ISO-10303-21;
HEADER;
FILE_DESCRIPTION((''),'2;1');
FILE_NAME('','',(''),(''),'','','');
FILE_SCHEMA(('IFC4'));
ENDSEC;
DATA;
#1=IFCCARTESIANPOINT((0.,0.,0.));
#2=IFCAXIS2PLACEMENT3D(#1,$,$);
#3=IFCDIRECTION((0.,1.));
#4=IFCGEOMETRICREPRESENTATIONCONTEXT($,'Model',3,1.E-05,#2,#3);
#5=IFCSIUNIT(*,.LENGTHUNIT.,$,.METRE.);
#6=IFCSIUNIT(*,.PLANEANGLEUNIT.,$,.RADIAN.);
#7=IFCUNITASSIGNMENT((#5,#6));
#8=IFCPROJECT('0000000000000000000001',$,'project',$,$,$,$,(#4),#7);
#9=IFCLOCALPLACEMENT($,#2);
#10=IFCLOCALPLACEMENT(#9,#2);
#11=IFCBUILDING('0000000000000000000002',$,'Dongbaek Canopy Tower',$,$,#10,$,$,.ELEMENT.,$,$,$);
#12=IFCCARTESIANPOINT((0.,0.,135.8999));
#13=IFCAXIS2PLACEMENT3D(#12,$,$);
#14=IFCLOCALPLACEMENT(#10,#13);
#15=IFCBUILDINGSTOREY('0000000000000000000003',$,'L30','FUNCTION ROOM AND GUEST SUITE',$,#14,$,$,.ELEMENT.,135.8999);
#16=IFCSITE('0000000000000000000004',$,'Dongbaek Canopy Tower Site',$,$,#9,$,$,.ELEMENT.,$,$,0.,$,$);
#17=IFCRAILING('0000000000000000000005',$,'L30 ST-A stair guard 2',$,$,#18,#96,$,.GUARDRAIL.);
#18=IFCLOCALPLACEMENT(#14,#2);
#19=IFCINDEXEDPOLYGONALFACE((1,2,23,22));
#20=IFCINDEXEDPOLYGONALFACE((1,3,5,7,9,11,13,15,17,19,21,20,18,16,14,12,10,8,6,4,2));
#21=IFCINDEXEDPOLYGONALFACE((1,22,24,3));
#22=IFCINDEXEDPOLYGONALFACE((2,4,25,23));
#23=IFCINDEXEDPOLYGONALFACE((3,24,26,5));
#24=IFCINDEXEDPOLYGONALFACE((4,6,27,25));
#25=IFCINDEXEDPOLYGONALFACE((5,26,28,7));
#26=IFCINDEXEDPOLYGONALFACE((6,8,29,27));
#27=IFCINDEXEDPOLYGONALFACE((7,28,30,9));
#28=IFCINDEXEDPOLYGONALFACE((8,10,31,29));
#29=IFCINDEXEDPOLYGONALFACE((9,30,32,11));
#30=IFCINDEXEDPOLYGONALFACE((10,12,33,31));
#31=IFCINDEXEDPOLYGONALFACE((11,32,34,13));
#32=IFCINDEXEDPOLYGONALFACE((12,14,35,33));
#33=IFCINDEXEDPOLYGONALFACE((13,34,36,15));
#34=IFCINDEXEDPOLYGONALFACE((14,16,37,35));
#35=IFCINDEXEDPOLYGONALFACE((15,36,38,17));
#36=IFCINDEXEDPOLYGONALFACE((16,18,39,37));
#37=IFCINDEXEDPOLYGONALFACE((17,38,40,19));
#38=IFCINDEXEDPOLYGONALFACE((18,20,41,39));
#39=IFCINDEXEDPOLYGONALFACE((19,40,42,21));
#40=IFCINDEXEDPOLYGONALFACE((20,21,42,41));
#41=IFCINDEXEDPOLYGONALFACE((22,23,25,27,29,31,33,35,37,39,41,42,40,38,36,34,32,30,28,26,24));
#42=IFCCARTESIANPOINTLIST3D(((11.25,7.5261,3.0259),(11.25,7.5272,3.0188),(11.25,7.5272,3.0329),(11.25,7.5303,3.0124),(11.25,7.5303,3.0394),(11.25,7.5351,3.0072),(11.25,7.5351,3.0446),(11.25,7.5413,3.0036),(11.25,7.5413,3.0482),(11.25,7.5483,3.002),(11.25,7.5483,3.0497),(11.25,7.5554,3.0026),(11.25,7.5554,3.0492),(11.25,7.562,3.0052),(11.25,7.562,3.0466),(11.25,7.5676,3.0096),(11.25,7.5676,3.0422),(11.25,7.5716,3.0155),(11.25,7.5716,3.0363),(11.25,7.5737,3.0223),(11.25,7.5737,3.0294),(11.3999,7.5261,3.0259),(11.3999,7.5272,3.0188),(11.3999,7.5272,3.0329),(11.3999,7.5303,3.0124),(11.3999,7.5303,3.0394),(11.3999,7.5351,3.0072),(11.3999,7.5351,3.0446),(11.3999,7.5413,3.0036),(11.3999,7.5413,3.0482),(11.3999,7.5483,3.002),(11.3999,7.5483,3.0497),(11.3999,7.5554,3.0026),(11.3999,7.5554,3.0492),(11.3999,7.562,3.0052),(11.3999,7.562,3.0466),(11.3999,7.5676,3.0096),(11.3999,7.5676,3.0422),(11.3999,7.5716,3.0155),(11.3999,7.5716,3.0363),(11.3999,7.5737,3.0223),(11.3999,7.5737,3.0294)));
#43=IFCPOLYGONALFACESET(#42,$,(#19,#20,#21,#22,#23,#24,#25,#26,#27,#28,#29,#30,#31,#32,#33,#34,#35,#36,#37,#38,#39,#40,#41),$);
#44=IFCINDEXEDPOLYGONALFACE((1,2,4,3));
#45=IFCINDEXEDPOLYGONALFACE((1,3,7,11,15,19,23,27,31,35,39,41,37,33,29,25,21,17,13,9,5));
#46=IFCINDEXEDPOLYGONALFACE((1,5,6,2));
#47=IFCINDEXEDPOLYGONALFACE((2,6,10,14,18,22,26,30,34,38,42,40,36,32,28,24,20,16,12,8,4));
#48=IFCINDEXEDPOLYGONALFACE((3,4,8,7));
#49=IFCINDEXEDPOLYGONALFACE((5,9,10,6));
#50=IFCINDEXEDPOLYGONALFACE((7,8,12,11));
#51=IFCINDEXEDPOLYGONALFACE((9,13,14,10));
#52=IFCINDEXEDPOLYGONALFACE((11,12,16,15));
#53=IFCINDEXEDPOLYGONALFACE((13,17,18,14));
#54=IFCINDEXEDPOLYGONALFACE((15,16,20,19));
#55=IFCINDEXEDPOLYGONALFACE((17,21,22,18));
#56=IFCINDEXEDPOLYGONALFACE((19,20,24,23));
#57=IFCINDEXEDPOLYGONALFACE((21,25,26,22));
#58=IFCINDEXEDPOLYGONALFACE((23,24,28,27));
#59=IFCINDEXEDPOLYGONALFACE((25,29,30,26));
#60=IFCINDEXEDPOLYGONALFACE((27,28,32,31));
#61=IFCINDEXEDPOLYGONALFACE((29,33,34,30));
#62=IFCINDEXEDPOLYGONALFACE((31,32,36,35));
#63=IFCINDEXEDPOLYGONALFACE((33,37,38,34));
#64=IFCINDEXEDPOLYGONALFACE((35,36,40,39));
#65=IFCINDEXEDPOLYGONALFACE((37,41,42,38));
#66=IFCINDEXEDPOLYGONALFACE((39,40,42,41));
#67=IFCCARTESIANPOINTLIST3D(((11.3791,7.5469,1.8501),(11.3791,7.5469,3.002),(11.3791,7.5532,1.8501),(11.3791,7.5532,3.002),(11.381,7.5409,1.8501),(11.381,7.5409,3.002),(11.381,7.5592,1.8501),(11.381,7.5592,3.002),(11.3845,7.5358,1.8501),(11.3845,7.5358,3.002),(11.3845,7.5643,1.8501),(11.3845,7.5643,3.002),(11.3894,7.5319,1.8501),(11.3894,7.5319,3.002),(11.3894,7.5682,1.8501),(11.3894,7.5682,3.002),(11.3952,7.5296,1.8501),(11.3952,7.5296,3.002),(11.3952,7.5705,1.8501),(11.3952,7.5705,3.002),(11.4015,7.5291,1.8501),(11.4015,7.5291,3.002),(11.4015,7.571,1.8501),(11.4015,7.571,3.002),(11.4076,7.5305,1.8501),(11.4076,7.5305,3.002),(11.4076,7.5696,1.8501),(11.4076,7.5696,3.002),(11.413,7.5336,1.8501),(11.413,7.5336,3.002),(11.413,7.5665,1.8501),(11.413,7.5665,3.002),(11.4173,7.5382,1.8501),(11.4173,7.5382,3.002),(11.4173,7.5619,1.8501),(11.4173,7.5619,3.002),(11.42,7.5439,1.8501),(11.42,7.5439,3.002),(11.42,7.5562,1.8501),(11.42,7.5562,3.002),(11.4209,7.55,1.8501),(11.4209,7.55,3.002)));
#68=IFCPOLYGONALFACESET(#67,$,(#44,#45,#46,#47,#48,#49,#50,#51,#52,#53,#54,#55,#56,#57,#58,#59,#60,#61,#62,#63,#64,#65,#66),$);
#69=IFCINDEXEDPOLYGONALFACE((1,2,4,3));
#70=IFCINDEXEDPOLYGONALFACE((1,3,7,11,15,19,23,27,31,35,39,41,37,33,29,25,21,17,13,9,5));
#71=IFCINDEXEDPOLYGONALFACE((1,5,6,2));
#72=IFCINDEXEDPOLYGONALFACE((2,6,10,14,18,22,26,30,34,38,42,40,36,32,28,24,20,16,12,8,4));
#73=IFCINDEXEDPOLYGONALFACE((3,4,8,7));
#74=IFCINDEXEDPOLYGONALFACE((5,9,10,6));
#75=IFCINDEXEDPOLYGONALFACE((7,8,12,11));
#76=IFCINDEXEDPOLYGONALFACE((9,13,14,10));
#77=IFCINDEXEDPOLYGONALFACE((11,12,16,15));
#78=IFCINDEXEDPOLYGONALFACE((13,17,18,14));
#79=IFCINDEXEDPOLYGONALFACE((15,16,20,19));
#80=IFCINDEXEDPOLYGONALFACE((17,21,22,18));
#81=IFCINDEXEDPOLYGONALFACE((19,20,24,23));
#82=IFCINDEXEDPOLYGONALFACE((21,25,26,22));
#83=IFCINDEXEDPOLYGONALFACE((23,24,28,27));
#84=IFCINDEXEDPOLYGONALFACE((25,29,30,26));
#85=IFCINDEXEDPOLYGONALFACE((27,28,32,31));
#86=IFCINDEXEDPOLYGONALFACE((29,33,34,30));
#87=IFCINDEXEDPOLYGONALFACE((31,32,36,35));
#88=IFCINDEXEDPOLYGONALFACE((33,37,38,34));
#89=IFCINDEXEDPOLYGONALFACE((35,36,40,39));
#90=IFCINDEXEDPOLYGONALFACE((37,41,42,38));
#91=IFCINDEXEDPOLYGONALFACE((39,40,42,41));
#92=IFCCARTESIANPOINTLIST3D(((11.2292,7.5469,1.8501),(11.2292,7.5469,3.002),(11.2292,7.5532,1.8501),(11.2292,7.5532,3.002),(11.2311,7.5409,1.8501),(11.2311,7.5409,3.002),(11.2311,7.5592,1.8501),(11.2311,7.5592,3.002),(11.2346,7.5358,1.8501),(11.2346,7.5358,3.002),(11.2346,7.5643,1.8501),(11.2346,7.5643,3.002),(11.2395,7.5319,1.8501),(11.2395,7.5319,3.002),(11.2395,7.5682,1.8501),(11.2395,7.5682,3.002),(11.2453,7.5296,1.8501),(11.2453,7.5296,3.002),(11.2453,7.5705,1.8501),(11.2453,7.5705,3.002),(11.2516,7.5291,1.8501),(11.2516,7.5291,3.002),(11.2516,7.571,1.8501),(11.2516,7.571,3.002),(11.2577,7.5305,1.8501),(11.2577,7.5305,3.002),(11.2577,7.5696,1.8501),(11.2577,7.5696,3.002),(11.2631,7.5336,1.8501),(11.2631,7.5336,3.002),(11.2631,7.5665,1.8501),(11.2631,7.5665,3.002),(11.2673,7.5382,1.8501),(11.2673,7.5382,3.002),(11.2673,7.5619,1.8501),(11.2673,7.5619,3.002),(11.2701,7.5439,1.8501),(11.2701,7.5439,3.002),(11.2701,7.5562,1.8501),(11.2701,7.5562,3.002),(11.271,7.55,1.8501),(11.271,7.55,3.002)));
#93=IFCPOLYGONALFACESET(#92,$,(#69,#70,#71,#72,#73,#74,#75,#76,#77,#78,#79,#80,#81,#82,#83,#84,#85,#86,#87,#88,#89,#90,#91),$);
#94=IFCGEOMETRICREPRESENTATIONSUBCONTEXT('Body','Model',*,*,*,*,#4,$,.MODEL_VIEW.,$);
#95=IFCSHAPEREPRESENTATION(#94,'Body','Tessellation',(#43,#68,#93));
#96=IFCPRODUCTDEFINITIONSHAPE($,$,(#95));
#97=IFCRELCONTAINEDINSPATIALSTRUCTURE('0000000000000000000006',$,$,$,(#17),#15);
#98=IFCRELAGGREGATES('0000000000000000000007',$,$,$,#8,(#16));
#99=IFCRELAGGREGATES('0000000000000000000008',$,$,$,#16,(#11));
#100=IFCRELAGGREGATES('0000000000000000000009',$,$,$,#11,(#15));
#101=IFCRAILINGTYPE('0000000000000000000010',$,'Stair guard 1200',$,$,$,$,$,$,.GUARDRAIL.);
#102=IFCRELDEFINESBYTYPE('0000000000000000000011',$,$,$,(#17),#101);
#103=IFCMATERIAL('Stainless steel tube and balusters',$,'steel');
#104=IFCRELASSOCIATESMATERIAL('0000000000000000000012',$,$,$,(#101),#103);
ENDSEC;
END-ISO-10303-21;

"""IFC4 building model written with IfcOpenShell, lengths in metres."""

from ifc_helpers import new_model, si_unit, direction, frame, origin, origin_2d, place, context, subcontext, project, spatial, circle, extrude, material, type_object, element, save


model = new_model("IFC4")

# Units and contexts
model_context = context("Model", 3, precision=1e-05, world=origin(), true_north=direction((0.0, 1.0)))
body_context = subcontext(model_context, "Body", "Model", "MODEL_VIEW")
ifc_project = project(units=[si_unit("LENGTHUNIT", "METRE"), si_unit("PLANEANGLEUNIT", "RADIAN")], contexts=[model_context])

# Site, building, storey
site_placement = place(None, origin())
site = spatial("IfcSite", under=ifc_project, at=site_placement, Name="Dongbaek Canopy Tower Site", CompositionType="ELEMENT", RefElevation=0.0)
building_placement = place(site_placement, origin())
building = spatial("IfcBuilding", under=site, at=building_placement, Name="Dongbaek Canopy Tower", CompositionType="ELEMENT")
storey_placement = place(building_placement, frame((0.0, 0.0, 135.8999)))
storey = spatial("IfcBuildingStorey", under=building, at=storey_placement, Name="L30", Description="FUNCTION ROOM AND GUEST SUITE", CompositionType="ELEMENT", Elevation=135.8999)

# Railing
ifc_material_1 = material(Name="Stainless steel tube and balusters", Category="steel")
railing_type_1 = type_object("IfcRailingType", Name="Stair guard 1200", PredefinedType="GUARDRAIL", material=ifc_material_1)
railing_1_placement = place(storey_placement, frame((11.3999, 7.55, 1.8501)))
element("IfcRailing", 1, at=railing_1_placement, inside=storey, type_object=railing_type_1, Name="L30 ST-A stair guard 2", PredefinedType="GUARDRAIL", context=body_context, shape_type="SweptSolid", body=[
    extrude(circle(Radius=0.0239, at=origin_2d()), frame((0.0, 0.0, 1.1758), z_axis=(-1.0, 0.0, 0.0), x_axis=(0.0, -1.0, 0.0)), (0.0, 0.0, 1.0), 0.1499),
    extrude(circle(Radius=0.021, at=origin_2d()), origin(), (0.0, 0.0, 1.0), 1.1519),
    extrude(circle(Radius=0.021, at=origin_2d()), frame((-0.1499, 0.0, 0.0)), (0.0, 0.0, 1.0), 1.1519),
])

save(model, "model.ifc")
